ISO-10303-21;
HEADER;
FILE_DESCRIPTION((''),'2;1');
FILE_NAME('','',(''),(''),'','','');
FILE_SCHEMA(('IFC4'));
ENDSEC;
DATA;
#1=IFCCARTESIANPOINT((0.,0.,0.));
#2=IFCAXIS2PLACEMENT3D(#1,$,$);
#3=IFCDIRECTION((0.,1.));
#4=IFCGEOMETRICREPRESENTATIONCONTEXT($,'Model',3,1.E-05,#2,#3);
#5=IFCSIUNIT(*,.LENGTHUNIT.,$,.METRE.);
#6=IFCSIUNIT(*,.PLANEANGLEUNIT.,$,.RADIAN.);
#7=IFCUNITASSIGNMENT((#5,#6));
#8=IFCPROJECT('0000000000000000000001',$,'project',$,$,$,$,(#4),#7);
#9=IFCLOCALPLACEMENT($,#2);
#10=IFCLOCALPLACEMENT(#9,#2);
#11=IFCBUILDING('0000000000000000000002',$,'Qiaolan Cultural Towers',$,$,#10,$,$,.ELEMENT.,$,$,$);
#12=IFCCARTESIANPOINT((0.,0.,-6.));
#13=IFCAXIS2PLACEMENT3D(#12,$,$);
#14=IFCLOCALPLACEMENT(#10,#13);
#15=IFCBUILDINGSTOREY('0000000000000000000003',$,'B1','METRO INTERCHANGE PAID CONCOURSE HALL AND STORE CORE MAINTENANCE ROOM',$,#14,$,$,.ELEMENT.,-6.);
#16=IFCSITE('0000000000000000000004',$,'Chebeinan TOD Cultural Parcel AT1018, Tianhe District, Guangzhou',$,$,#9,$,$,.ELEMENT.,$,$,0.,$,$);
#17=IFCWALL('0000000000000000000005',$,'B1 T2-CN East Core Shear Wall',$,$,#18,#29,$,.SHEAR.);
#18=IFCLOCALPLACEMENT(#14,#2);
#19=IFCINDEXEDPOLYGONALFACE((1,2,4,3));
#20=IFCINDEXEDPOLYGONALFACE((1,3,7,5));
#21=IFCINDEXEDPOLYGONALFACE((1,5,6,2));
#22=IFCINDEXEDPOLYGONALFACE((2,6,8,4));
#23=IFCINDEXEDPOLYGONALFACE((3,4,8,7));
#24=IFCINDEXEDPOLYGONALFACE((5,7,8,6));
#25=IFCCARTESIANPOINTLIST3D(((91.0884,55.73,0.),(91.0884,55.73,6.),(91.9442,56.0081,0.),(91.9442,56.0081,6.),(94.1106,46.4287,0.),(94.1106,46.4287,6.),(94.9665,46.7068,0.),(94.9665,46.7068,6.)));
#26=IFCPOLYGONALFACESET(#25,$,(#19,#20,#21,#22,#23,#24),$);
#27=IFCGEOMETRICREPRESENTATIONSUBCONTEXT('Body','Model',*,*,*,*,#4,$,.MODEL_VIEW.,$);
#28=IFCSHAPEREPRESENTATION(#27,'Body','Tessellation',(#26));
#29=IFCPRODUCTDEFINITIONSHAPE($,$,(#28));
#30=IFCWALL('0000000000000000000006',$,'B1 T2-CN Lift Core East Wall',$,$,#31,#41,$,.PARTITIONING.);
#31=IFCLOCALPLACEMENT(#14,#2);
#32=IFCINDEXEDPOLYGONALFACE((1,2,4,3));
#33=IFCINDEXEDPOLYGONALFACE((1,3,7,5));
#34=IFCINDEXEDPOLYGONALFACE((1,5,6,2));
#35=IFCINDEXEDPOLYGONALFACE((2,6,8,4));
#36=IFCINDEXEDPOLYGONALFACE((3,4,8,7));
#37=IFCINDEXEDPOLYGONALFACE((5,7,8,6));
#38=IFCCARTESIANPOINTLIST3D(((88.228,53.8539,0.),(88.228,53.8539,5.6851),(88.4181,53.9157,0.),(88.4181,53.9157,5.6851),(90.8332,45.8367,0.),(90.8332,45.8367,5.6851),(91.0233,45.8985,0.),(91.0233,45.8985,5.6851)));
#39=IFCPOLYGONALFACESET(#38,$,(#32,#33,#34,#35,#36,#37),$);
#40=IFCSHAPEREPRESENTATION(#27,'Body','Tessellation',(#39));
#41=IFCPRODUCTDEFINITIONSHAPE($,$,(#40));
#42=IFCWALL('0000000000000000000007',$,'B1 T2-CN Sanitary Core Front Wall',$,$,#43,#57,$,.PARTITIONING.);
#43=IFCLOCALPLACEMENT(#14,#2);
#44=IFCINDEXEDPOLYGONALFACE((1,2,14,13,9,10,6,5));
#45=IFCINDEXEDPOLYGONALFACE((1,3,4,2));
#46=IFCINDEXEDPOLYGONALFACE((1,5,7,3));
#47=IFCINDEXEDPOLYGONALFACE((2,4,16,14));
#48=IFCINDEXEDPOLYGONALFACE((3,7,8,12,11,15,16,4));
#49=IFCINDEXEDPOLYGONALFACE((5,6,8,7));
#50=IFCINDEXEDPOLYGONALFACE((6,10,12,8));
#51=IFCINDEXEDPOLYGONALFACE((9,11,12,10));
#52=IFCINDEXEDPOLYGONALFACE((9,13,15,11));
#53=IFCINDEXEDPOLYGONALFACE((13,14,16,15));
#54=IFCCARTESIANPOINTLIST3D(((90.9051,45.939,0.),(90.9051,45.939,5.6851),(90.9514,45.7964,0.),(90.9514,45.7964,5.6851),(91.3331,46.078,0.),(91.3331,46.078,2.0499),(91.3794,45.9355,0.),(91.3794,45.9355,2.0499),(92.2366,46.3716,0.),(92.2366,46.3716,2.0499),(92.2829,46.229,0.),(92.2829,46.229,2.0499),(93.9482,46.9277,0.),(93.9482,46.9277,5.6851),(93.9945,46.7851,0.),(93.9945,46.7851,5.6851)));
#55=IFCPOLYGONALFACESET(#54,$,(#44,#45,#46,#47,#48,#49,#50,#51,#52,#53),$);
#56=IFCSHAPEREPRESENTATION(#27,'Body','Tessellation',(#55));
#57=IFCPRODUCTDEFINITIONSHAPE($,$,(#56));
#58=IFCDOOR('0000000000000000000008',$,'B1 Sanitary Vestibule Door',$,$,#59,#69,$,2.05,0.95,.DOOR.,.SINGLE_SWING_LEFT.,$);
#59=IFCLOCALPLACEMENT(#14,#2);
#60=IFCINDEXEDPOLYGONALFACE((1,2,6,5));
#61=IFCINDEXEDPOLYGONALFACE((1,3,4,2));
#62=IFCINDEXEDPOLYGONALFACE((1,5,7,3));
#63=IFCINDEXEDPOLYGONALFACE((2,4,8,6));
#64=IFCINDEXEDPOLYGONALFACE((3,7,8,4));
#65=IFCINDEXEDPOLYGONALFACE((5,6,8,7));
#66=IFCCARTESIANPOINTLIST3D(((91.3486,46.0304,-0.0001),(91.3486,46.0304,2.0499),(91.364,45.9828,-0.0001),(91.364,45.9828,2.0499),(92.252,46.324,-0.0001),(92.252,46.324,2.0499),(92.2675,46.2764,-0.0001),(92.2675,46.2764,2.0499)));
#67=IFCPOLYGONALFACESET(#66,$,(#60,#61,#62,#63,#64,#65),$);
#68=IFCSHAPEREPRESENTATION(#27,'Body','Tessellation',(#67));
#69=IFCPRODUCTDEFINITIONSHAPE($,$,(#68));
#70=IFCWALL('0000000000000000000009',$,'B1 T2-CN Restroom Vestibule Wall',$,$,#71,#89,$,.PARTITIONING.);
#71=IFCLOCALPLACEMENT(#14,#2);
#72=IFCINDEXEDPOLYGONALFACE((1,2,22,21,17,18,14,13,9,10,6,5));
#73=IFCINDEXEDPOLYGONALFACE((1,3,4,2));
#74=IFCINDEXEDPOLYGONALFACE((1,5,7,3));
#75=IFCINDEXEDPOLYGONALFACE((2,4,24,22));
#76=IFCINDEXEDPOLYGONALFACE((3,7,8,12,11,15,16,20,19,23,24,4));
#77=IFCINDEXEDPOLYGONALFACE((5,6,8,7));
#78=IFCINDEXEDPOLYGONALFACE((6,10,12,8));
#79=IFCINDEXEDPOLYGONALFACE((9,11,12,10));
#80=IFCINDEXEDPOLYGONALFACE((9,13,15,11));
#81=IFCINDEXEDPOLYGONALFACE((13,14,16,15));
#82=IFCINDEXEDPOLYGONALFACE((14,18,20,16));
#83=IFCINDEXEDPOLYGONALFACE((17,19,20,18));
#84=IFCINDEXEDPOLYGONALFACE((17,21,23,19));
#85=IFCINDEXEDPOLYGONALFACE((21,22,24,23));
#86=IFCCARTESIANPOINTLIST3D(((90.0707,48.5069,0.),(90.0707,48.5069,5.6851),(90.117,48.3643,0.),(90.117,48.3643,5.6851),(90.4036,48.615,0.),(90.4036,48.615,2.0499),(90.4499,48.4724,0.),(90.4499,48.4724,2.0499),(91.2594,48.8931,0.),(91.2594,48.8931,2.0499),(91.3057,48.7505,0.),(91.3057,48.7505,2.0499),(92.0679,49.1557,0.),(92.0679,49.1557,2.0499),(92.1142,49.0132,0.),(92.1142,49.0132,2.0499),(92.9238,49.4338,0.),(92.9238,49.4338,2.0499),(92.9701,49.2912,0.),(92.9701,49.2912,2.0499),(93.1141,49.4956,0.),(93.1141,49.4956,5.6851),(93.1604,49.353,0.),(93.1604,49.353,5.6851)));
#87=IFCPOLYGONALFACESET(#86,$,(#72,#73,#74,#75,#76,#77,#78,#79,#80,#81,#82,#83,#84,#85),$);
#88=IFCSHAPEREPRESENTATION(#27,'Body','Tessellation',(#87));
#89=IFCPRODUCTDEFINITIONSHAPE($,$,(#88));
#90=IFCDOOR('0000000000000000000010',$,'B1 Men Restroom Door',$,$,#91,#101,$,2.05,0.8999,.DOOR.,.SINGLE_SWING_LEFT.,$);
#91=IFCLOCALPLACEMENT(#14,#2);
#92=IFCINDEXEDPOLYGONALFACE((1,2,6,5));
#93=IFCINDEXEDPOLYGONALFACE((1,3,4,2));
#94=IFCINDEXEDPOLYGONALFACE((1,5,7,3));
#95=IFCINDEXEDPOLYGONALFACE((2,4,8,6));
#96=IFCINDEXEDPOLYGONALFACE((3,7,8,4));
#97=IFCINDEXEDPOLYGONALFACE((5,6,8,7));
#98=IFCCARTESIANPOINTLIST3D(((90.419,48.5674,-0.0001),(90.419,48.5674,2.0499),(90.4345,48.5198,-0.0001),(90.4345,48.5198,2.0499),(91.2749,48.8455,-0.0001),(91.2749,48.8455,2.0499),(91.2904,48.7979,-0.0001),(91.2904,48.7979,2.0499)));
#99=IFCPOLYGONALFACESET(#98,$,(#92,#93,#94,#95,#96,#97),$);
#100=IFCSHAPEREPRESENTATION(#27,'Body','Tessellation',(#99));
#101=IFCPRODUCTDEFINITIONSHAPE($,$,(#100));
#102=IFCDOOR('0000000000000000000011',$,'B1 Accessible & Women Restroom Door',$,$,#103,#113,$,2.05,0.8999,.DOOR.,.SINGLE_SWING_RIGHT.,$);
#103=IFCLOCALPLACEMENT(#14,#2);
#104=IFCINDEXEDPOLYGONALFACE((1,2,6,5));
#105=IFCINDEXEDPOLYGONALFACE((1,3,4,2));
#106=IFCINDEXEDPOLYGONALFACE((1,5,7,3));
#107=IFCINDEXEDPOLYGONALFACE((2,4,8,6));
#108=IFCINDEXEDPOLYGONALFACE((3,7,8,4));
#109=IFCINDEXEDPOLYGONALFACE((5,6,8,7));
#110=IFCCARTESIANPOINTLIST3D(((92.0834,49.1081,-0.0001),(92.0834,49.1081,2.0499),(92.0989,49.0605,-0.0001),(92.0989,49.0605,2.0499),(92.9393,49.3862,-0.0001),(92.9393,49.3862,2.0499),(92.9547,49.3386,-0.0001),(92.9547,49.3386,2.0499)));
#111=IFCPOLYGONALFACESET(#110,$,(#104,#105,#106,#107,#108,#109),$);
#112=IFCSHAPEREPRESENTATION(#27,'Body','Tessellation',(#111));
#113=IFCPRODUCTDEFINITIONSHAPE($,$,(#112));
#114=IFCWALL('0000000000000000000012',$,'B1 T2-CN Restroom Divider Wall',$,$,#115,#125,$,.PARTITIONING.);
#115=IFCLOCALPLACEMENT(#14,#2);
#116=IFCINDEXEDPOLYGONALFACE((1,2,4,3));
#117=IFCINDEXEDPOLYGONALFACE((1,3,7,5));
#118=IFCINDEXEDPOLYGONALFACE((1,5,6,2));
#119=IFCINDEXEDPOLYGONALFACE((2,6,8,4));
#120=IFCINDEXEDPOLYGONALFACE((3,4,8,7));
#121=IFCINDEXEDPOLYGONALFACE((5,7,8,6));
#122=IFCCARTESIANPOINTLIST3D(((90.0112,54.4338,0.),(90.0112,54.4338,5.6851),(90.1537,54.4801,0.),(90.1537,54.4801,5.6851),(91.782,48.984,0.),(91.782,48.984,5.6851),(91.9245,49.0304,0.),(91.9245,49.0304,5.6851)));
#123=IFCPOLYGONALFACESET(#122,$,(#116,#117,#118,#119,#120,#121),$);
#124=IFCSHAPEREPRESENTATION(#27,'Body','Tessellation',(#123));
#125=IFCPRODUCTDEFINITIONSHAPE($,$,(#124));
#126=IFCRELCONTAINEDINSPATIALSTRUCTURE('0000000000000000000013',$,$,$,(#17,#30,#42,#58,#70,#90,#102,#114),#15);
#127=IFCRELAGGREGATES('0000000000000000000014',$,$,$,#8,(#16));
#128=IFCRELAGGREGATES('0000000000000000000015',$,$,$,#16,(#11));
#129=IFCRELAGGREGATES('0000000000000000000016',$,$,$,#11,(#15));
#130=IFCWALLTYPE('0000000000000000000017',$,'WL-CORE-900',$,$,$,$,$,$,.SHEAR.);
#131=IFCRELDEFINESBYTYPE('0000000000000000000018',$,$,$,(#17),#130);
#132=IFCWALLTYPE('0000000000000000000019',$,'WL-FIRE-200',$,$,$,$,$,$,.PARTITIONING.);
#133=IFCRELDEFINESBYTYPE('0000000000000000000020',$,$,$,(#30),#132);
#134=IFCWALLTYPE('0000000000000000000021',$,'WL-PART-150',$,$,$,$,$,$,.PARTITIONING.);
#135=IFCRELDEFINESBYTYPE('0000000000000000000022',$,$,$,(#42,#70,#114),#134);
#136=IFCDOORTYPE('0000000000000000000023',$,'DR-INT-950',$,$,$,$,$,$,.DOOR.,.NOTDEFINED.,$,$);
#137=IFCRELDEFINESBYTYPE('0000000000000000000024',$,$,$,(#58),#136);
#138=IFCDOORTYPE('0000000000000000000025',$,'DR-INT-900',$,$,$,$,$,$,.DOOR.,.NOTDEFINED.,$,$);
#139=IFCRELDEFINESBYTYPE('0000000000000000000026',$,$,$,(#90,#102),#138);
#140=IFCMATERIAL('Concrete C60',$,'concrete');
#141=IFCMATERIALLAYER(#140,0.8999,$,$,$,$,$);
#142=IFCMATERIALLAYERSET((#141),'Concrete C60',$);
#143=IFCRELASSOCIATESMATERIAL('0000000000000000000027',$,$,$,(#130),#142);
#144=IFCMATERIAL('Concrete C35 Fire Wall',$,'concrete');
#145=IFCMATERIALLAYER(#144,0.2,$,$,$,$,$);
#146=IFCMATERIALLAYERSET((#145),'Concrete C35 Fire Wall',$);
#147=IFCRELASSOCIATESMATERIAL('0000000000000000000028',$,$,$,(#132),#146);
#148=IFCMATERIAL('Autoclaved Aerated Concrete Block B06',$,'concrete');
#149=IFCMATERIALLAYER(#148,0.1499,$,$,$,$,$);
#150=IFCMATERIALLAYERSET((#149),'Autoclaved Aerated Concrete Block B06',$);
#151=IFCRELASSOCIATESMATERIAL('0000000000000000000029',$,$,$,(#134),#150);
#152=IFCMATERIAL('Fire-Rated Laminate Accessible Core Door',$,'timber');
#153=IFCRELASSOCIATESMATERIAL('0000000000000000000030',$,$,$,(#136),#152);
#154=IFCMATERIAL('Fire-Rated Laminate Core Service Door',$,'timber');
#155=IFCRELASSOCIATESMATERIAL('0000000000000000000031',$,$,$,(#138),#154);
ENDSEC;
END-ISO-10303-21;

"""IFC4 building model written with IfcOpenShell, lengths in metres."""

from ifc_helpers import new_model, si_unit, direction, frame, frame_2d, origin, place, context, subcontext, project, spatial, rectangle, extrude, material, layer, layer_set, type_object, element, fill, save


model = new_model("IFC4")

# Units and contexts
model_context = context("Model", 3, precision=1e-05, world=origin(), true_north=direction((0.0, 1.0)))
body_context = subcontext(model_context, "Body", "Model", "MODEL_VIEW")
ifc_project = project(units=[si_unit("LENGTHUNIT", "METRE"), si_unit("PLANEANGLEUNIT", "RADIAN")], contexts=[model_context])

# Site, building, storey
site_placement = place(None, origin())
site = spatial("IfcSite", under=ifc_project, at=site_placement, Name="Chebeinan TOD Cultural Parcel AT1018, Tianhe District, Guangzhou", CompositionType="ELEMENT", RefElevation=0.0)
building_placement = place(site_placement, origin())
building = spatial("IfcBuilding", under=site, at=building_placement, Name="Qiaolan Cultural Towers", CompositionType="ELEMENT")
storey_placement = place(building_placement, frame((0.0, 0.0, -6.0)))
storey = spatial("IfcBuildingStorey", under=building, at=storey_placement, Name="B1", Description="METRO INTERCHANGE PAID CONCOURSE HALL AND STORE CORE MAINTENANCE ROOM", CompositionType="ELEMENT", Elevation=-6.0)

# Walls
ifc_material_1 = material(Name="Concrete C60", Category="concrete")
ifc_layer_1 = layer(ifc_material_1, 0.8999)
ifc_layer_set_1 = layer_set([ifc_layer_1], Name="Concrete C60")
wall_type_1 = type_object("IfcWallType", Name="WL-CORE-900", PredefinedType="SHEAR", material=ifc_layer_set_1)
wall_1_placement = place(storey_placement, frame((94.5386, 46.5676, 0.0), z_axis=(0.0, 0.0, 1.0), x_axis=(-0.309022, 0.951055, 0.0)))
element("IfcWall", 1, at=wall_1_placement, inside=storey, type_object=wall_type_1, Name="B1 T2-CN East Core Shear Wall", PredefinedType="SHEAR", context=body_context, shape_type="SweptSolid", body=[
    extrude(rectangle(XDim=9.78, YDim=0.8999, at=frame_2d((4.8901, 0.0))), origin(), (0.0, 0.0, 1.0), 6.0),
])
ifc_material_2 = material(Name="Concrete C35 Fire Wall", Category="concrete")
ifc_layer_2 = layer(ifc_material_2, 0.2)
ifc_layer_set_2 = layer_set([ifc_layer_2], Name="Concrete C35 Fire Wall")
wall_type_2 = type_object("IfcWallType", Name="WL-FIRE-200", PredefinedType="PARTITIONING", material=ifc_layer_set_2)
wall_2_placement = place(storey_placement, frame((90.9282, 45.8677, 0.0), z_axis=(0.0, 0.0, 1.0), x_axis=(-0.309042, 0.951048, 0.0)))
element("IfcWall", 2, at=wall_2_placement, inside=storey, type_object=wall_type_2, Name="B1 T2-CN Lift Core East Wall", PredefinedType="PARTITIONING", context=body_context, shape_type="SweptSolid", body=[
    extrude(rectangle(XDim=8.4299, YDim=0.2, at=frame_2d((4.2148, 0.0))), origin(), (0.0, 0.0, 1.0), 5.6851),
])

# Wall, opening, door
ifc_material_3 = material(Name="Autoclaved Aerated Concrete Block B06", Category="concrete")
ifc_layer_3 = layer(ifc_material_3, 0.1499)
ifc_layer_set_3 = layer_set([ifc_layer_3], Name="Autoclaved Aerated Concrete Block B06")
wall_type_3 = type_object("IfcWallType", Name="WL-PART-150", PredefinedType="PARTITIONING", material=ifc_layer_set_3)
wall_3_placement = place(storey_placement, frame((90.9282, 45.8677, 0.0), z_axis=(0.0, 0.0, 1.0), x_axis=(0.951059, 0.309008, 0.0)))
wall_3 = element("IfcWall", 3, at=wall_3_placement, inside=storey, type_object=wall_type_3, Name="B1 T2-CN Sanitary Core Front Wall", PredefinedType="PARTITIONING", context=body_context, shape_type="SweptSolid", body=[
    extrude(rectangle(XDim=3.1997, YDim=0.1499, at=frame_2d((1.5999, 0.0))), origin(), (0.0, 0.0, 1.0), 5.6851),
])
opening_1_placement = place(wall_3_placement, frame((0.45, 0.0, 0.0)))
opening_1 = element("IfcOpeningElement", 4, at=opening_1_placement, cuts=wall_3, PredefinedType="OPENING", context=body_context, shape_type="SweptSolid", body=[
    extrude(rectangle(XDim=0.95, YDim=2.05, at=frame_2d((0.4751, 1.0249))), frame((0.0, 0.085, 0.0), z_axis=(0.0, -1.0, 0.0), x_axis=(1.0, 0.0, 0.0)), (0.0, 0.0, 1.0), 0.1699),
])
ifc_material_4 = material(Name="Fire-Rated Laminate Accessible Core Door", Category="timber")
door_type_1 = type_object("IfcDoorType", Name="DR-INT-950", OperationType="NOTDEFINED", PredefinedType="DOOR", material=ifc_material_4)
door_1_placement = place(opening_1_placement, origin())
door_1 = element("IfcDoor", 5, at=door_1_placement, inside=storey, type_object=door_type_1, Name="B1 Sanitary Vestibule Door", OperationType="SINGLE_SWING_LEFT", OverallHeight=2.05, OverallWidth=0.95, PredefinedType="DOOR", context=body_context, shape_type="SweptSolid", body=[
    extrude(rectangle(XDim=0.95, YDim=2.05, at=frame_2d((0.4751, 1.0249))), frame((0.0, 0.0249, 0.0), z_axis=(0.0, -1.0, 0.0), x_axis=(1.0, 0.0, 0.0)), (0.0, 0.0, 1.0), 0.05),
])
fill(opening_1, door_1)

# Wall, openings, doors
wall_4_placement = place(storey_placement, frame((90.0938, 48.4355, 0.0), z_axis=(0.0, 0.0, 1.0), x_axis=(0.951067, 0.308986, 0.0)))
wall_4 = element("IfcWall", 6, at=wall_4_placement, inside=storey, type_object=wall_type_3, Name="B1 T2-CN Restroom Vestibule Wall", PredefinedType="PARTITIONING", context=body_context, shape_type="SweptSolid", body=[
    extrude(rectangle(XDim=3.2, YDim=0.1499, at=frame_2d((1.6001, 0.0))), origin(), (0.0, 0.0, 1.0), 5.6851),
])
opening_2_placement = place(wall_4_placement, frame((0.3501, 0.0, 0.0)))
opening_2 = element("IfcOpeningElement", 7, at=opening_2_placement, cuts=wall_4, PredefinedType="OPENING", context=body_context, shape_type="SweptSolid", body=[
    extrude(rectangle(XDim=0.8999, YDim=2.05, at=frame_2d((0.45, 1.0249))), frame((0.0, 0.085, 0.0), z_axis=(0.0, -1.0, 0.0), x_axis=(1.0, 0.0, 0.0)), (0.0, 0.0, 1.0), 0.1699),
])
opening_3_placement = place(wall_4_placement, frame((2.1001, 0.0, 0.0)))
opening_3 = element("IfcOpeningElement", 8, at=opening_3_placement, cuts=wall_4, PredefinedType="OPENING", context=body_context, shape_type="SweptSolid", body=[
    extrude(rectangle(XDim=0.8999, YDim=2.05, at=frame_2d((0.45, 1.0249))), frame((0.0, 0.085, 0.0), z_axis=(0.0, -1.0, 0.0), x_axis=(1.0, 0.0, 0.0)), (0.0, 0.0, 1.0), 0.1699),
])
ifc_material_5 = material(Name="Fire-Rated Laminate Core Service Door", Category="timber")
door_type_2 = type_object("IfcDoorType", Name="DR-INT-900", OperationType="NOTDEFINED", PredefinedType="DOOR", material=ifc_material_5)
door_2_placement = place(opening_2_placement, origin())
door_2 = element("IfcDoor", 9, at=door_2_placement, inside=storey, type_object=door_type_2, Name="B1 Men Restroom Door", OperationType="SINGLE_SWING_LEFT", OverallHeight=2.05, OverallWidth=0.8999, PredefinedType="DOOR", context=body_context, shape_type="SweptSolid", body=[
    extrude(rectangle(XDim=0.8999, YDim=2.05, at=frame_2d((0.45, 1.0249))), frame((0.0, 0.0249, 0.0), z_axis=(0.0, -1.0, 0.0), x_axis=(1.0, 0.0, 0.0)), (0.0, 0.0, 1.0), 0.05),
])
fill(opening_2, door_2)
door_3_placement = place(opening_3_placement, origin())
door_3 = element("IfcDoor", 10, at=door_3_placement, inside=storey, type_object=door_type_2, Name="B1 Accessible & Women Restroom Door", OperationType="SINGLE_SWING_RIGHT", OverallHeight=2.05, OverallWidth=0.8999, PredefinedType="DOOR", context=body_context, shape_type="SweptSolid", body=[
    extrude(rectangle(XDim=0.8999, YDim=2.05, at=frame_2d((0.45, 1.0249))), frame((0.0, 0.0249, 0.0), z_axis=(0.0, -1.0, 0.0), x_axis=(1.0, 0.0, 0.0)), (0.0, 0.0, 1.0), 0.05),
])
fill(opening_3, door_3)

# Wall
wall_5_placement = place(storey_placement, frame((91.8533, 49.0071, 0.0), z_axis=(0.0, 0.0, 1.0), x_axis=(-0.309022, 0.951055, 0.0)))
element("IfcWall", 11, at=wall_5_placement, inside=storey, type_object=wall_type_3, Name="B1 T2-CN Restroom Divider Wall", PredefinedType="PARTITIONING", context=body_context, shape_type="SweptSolid", body=[
    extrude(rectangle(XDim=5.7302, YDim=0.1499, at=frame_2d((2.8652, 0.0))), origin(), (0.0, 0.0, 1.0), 5.6851),
])

save(model, "model.ifc")
